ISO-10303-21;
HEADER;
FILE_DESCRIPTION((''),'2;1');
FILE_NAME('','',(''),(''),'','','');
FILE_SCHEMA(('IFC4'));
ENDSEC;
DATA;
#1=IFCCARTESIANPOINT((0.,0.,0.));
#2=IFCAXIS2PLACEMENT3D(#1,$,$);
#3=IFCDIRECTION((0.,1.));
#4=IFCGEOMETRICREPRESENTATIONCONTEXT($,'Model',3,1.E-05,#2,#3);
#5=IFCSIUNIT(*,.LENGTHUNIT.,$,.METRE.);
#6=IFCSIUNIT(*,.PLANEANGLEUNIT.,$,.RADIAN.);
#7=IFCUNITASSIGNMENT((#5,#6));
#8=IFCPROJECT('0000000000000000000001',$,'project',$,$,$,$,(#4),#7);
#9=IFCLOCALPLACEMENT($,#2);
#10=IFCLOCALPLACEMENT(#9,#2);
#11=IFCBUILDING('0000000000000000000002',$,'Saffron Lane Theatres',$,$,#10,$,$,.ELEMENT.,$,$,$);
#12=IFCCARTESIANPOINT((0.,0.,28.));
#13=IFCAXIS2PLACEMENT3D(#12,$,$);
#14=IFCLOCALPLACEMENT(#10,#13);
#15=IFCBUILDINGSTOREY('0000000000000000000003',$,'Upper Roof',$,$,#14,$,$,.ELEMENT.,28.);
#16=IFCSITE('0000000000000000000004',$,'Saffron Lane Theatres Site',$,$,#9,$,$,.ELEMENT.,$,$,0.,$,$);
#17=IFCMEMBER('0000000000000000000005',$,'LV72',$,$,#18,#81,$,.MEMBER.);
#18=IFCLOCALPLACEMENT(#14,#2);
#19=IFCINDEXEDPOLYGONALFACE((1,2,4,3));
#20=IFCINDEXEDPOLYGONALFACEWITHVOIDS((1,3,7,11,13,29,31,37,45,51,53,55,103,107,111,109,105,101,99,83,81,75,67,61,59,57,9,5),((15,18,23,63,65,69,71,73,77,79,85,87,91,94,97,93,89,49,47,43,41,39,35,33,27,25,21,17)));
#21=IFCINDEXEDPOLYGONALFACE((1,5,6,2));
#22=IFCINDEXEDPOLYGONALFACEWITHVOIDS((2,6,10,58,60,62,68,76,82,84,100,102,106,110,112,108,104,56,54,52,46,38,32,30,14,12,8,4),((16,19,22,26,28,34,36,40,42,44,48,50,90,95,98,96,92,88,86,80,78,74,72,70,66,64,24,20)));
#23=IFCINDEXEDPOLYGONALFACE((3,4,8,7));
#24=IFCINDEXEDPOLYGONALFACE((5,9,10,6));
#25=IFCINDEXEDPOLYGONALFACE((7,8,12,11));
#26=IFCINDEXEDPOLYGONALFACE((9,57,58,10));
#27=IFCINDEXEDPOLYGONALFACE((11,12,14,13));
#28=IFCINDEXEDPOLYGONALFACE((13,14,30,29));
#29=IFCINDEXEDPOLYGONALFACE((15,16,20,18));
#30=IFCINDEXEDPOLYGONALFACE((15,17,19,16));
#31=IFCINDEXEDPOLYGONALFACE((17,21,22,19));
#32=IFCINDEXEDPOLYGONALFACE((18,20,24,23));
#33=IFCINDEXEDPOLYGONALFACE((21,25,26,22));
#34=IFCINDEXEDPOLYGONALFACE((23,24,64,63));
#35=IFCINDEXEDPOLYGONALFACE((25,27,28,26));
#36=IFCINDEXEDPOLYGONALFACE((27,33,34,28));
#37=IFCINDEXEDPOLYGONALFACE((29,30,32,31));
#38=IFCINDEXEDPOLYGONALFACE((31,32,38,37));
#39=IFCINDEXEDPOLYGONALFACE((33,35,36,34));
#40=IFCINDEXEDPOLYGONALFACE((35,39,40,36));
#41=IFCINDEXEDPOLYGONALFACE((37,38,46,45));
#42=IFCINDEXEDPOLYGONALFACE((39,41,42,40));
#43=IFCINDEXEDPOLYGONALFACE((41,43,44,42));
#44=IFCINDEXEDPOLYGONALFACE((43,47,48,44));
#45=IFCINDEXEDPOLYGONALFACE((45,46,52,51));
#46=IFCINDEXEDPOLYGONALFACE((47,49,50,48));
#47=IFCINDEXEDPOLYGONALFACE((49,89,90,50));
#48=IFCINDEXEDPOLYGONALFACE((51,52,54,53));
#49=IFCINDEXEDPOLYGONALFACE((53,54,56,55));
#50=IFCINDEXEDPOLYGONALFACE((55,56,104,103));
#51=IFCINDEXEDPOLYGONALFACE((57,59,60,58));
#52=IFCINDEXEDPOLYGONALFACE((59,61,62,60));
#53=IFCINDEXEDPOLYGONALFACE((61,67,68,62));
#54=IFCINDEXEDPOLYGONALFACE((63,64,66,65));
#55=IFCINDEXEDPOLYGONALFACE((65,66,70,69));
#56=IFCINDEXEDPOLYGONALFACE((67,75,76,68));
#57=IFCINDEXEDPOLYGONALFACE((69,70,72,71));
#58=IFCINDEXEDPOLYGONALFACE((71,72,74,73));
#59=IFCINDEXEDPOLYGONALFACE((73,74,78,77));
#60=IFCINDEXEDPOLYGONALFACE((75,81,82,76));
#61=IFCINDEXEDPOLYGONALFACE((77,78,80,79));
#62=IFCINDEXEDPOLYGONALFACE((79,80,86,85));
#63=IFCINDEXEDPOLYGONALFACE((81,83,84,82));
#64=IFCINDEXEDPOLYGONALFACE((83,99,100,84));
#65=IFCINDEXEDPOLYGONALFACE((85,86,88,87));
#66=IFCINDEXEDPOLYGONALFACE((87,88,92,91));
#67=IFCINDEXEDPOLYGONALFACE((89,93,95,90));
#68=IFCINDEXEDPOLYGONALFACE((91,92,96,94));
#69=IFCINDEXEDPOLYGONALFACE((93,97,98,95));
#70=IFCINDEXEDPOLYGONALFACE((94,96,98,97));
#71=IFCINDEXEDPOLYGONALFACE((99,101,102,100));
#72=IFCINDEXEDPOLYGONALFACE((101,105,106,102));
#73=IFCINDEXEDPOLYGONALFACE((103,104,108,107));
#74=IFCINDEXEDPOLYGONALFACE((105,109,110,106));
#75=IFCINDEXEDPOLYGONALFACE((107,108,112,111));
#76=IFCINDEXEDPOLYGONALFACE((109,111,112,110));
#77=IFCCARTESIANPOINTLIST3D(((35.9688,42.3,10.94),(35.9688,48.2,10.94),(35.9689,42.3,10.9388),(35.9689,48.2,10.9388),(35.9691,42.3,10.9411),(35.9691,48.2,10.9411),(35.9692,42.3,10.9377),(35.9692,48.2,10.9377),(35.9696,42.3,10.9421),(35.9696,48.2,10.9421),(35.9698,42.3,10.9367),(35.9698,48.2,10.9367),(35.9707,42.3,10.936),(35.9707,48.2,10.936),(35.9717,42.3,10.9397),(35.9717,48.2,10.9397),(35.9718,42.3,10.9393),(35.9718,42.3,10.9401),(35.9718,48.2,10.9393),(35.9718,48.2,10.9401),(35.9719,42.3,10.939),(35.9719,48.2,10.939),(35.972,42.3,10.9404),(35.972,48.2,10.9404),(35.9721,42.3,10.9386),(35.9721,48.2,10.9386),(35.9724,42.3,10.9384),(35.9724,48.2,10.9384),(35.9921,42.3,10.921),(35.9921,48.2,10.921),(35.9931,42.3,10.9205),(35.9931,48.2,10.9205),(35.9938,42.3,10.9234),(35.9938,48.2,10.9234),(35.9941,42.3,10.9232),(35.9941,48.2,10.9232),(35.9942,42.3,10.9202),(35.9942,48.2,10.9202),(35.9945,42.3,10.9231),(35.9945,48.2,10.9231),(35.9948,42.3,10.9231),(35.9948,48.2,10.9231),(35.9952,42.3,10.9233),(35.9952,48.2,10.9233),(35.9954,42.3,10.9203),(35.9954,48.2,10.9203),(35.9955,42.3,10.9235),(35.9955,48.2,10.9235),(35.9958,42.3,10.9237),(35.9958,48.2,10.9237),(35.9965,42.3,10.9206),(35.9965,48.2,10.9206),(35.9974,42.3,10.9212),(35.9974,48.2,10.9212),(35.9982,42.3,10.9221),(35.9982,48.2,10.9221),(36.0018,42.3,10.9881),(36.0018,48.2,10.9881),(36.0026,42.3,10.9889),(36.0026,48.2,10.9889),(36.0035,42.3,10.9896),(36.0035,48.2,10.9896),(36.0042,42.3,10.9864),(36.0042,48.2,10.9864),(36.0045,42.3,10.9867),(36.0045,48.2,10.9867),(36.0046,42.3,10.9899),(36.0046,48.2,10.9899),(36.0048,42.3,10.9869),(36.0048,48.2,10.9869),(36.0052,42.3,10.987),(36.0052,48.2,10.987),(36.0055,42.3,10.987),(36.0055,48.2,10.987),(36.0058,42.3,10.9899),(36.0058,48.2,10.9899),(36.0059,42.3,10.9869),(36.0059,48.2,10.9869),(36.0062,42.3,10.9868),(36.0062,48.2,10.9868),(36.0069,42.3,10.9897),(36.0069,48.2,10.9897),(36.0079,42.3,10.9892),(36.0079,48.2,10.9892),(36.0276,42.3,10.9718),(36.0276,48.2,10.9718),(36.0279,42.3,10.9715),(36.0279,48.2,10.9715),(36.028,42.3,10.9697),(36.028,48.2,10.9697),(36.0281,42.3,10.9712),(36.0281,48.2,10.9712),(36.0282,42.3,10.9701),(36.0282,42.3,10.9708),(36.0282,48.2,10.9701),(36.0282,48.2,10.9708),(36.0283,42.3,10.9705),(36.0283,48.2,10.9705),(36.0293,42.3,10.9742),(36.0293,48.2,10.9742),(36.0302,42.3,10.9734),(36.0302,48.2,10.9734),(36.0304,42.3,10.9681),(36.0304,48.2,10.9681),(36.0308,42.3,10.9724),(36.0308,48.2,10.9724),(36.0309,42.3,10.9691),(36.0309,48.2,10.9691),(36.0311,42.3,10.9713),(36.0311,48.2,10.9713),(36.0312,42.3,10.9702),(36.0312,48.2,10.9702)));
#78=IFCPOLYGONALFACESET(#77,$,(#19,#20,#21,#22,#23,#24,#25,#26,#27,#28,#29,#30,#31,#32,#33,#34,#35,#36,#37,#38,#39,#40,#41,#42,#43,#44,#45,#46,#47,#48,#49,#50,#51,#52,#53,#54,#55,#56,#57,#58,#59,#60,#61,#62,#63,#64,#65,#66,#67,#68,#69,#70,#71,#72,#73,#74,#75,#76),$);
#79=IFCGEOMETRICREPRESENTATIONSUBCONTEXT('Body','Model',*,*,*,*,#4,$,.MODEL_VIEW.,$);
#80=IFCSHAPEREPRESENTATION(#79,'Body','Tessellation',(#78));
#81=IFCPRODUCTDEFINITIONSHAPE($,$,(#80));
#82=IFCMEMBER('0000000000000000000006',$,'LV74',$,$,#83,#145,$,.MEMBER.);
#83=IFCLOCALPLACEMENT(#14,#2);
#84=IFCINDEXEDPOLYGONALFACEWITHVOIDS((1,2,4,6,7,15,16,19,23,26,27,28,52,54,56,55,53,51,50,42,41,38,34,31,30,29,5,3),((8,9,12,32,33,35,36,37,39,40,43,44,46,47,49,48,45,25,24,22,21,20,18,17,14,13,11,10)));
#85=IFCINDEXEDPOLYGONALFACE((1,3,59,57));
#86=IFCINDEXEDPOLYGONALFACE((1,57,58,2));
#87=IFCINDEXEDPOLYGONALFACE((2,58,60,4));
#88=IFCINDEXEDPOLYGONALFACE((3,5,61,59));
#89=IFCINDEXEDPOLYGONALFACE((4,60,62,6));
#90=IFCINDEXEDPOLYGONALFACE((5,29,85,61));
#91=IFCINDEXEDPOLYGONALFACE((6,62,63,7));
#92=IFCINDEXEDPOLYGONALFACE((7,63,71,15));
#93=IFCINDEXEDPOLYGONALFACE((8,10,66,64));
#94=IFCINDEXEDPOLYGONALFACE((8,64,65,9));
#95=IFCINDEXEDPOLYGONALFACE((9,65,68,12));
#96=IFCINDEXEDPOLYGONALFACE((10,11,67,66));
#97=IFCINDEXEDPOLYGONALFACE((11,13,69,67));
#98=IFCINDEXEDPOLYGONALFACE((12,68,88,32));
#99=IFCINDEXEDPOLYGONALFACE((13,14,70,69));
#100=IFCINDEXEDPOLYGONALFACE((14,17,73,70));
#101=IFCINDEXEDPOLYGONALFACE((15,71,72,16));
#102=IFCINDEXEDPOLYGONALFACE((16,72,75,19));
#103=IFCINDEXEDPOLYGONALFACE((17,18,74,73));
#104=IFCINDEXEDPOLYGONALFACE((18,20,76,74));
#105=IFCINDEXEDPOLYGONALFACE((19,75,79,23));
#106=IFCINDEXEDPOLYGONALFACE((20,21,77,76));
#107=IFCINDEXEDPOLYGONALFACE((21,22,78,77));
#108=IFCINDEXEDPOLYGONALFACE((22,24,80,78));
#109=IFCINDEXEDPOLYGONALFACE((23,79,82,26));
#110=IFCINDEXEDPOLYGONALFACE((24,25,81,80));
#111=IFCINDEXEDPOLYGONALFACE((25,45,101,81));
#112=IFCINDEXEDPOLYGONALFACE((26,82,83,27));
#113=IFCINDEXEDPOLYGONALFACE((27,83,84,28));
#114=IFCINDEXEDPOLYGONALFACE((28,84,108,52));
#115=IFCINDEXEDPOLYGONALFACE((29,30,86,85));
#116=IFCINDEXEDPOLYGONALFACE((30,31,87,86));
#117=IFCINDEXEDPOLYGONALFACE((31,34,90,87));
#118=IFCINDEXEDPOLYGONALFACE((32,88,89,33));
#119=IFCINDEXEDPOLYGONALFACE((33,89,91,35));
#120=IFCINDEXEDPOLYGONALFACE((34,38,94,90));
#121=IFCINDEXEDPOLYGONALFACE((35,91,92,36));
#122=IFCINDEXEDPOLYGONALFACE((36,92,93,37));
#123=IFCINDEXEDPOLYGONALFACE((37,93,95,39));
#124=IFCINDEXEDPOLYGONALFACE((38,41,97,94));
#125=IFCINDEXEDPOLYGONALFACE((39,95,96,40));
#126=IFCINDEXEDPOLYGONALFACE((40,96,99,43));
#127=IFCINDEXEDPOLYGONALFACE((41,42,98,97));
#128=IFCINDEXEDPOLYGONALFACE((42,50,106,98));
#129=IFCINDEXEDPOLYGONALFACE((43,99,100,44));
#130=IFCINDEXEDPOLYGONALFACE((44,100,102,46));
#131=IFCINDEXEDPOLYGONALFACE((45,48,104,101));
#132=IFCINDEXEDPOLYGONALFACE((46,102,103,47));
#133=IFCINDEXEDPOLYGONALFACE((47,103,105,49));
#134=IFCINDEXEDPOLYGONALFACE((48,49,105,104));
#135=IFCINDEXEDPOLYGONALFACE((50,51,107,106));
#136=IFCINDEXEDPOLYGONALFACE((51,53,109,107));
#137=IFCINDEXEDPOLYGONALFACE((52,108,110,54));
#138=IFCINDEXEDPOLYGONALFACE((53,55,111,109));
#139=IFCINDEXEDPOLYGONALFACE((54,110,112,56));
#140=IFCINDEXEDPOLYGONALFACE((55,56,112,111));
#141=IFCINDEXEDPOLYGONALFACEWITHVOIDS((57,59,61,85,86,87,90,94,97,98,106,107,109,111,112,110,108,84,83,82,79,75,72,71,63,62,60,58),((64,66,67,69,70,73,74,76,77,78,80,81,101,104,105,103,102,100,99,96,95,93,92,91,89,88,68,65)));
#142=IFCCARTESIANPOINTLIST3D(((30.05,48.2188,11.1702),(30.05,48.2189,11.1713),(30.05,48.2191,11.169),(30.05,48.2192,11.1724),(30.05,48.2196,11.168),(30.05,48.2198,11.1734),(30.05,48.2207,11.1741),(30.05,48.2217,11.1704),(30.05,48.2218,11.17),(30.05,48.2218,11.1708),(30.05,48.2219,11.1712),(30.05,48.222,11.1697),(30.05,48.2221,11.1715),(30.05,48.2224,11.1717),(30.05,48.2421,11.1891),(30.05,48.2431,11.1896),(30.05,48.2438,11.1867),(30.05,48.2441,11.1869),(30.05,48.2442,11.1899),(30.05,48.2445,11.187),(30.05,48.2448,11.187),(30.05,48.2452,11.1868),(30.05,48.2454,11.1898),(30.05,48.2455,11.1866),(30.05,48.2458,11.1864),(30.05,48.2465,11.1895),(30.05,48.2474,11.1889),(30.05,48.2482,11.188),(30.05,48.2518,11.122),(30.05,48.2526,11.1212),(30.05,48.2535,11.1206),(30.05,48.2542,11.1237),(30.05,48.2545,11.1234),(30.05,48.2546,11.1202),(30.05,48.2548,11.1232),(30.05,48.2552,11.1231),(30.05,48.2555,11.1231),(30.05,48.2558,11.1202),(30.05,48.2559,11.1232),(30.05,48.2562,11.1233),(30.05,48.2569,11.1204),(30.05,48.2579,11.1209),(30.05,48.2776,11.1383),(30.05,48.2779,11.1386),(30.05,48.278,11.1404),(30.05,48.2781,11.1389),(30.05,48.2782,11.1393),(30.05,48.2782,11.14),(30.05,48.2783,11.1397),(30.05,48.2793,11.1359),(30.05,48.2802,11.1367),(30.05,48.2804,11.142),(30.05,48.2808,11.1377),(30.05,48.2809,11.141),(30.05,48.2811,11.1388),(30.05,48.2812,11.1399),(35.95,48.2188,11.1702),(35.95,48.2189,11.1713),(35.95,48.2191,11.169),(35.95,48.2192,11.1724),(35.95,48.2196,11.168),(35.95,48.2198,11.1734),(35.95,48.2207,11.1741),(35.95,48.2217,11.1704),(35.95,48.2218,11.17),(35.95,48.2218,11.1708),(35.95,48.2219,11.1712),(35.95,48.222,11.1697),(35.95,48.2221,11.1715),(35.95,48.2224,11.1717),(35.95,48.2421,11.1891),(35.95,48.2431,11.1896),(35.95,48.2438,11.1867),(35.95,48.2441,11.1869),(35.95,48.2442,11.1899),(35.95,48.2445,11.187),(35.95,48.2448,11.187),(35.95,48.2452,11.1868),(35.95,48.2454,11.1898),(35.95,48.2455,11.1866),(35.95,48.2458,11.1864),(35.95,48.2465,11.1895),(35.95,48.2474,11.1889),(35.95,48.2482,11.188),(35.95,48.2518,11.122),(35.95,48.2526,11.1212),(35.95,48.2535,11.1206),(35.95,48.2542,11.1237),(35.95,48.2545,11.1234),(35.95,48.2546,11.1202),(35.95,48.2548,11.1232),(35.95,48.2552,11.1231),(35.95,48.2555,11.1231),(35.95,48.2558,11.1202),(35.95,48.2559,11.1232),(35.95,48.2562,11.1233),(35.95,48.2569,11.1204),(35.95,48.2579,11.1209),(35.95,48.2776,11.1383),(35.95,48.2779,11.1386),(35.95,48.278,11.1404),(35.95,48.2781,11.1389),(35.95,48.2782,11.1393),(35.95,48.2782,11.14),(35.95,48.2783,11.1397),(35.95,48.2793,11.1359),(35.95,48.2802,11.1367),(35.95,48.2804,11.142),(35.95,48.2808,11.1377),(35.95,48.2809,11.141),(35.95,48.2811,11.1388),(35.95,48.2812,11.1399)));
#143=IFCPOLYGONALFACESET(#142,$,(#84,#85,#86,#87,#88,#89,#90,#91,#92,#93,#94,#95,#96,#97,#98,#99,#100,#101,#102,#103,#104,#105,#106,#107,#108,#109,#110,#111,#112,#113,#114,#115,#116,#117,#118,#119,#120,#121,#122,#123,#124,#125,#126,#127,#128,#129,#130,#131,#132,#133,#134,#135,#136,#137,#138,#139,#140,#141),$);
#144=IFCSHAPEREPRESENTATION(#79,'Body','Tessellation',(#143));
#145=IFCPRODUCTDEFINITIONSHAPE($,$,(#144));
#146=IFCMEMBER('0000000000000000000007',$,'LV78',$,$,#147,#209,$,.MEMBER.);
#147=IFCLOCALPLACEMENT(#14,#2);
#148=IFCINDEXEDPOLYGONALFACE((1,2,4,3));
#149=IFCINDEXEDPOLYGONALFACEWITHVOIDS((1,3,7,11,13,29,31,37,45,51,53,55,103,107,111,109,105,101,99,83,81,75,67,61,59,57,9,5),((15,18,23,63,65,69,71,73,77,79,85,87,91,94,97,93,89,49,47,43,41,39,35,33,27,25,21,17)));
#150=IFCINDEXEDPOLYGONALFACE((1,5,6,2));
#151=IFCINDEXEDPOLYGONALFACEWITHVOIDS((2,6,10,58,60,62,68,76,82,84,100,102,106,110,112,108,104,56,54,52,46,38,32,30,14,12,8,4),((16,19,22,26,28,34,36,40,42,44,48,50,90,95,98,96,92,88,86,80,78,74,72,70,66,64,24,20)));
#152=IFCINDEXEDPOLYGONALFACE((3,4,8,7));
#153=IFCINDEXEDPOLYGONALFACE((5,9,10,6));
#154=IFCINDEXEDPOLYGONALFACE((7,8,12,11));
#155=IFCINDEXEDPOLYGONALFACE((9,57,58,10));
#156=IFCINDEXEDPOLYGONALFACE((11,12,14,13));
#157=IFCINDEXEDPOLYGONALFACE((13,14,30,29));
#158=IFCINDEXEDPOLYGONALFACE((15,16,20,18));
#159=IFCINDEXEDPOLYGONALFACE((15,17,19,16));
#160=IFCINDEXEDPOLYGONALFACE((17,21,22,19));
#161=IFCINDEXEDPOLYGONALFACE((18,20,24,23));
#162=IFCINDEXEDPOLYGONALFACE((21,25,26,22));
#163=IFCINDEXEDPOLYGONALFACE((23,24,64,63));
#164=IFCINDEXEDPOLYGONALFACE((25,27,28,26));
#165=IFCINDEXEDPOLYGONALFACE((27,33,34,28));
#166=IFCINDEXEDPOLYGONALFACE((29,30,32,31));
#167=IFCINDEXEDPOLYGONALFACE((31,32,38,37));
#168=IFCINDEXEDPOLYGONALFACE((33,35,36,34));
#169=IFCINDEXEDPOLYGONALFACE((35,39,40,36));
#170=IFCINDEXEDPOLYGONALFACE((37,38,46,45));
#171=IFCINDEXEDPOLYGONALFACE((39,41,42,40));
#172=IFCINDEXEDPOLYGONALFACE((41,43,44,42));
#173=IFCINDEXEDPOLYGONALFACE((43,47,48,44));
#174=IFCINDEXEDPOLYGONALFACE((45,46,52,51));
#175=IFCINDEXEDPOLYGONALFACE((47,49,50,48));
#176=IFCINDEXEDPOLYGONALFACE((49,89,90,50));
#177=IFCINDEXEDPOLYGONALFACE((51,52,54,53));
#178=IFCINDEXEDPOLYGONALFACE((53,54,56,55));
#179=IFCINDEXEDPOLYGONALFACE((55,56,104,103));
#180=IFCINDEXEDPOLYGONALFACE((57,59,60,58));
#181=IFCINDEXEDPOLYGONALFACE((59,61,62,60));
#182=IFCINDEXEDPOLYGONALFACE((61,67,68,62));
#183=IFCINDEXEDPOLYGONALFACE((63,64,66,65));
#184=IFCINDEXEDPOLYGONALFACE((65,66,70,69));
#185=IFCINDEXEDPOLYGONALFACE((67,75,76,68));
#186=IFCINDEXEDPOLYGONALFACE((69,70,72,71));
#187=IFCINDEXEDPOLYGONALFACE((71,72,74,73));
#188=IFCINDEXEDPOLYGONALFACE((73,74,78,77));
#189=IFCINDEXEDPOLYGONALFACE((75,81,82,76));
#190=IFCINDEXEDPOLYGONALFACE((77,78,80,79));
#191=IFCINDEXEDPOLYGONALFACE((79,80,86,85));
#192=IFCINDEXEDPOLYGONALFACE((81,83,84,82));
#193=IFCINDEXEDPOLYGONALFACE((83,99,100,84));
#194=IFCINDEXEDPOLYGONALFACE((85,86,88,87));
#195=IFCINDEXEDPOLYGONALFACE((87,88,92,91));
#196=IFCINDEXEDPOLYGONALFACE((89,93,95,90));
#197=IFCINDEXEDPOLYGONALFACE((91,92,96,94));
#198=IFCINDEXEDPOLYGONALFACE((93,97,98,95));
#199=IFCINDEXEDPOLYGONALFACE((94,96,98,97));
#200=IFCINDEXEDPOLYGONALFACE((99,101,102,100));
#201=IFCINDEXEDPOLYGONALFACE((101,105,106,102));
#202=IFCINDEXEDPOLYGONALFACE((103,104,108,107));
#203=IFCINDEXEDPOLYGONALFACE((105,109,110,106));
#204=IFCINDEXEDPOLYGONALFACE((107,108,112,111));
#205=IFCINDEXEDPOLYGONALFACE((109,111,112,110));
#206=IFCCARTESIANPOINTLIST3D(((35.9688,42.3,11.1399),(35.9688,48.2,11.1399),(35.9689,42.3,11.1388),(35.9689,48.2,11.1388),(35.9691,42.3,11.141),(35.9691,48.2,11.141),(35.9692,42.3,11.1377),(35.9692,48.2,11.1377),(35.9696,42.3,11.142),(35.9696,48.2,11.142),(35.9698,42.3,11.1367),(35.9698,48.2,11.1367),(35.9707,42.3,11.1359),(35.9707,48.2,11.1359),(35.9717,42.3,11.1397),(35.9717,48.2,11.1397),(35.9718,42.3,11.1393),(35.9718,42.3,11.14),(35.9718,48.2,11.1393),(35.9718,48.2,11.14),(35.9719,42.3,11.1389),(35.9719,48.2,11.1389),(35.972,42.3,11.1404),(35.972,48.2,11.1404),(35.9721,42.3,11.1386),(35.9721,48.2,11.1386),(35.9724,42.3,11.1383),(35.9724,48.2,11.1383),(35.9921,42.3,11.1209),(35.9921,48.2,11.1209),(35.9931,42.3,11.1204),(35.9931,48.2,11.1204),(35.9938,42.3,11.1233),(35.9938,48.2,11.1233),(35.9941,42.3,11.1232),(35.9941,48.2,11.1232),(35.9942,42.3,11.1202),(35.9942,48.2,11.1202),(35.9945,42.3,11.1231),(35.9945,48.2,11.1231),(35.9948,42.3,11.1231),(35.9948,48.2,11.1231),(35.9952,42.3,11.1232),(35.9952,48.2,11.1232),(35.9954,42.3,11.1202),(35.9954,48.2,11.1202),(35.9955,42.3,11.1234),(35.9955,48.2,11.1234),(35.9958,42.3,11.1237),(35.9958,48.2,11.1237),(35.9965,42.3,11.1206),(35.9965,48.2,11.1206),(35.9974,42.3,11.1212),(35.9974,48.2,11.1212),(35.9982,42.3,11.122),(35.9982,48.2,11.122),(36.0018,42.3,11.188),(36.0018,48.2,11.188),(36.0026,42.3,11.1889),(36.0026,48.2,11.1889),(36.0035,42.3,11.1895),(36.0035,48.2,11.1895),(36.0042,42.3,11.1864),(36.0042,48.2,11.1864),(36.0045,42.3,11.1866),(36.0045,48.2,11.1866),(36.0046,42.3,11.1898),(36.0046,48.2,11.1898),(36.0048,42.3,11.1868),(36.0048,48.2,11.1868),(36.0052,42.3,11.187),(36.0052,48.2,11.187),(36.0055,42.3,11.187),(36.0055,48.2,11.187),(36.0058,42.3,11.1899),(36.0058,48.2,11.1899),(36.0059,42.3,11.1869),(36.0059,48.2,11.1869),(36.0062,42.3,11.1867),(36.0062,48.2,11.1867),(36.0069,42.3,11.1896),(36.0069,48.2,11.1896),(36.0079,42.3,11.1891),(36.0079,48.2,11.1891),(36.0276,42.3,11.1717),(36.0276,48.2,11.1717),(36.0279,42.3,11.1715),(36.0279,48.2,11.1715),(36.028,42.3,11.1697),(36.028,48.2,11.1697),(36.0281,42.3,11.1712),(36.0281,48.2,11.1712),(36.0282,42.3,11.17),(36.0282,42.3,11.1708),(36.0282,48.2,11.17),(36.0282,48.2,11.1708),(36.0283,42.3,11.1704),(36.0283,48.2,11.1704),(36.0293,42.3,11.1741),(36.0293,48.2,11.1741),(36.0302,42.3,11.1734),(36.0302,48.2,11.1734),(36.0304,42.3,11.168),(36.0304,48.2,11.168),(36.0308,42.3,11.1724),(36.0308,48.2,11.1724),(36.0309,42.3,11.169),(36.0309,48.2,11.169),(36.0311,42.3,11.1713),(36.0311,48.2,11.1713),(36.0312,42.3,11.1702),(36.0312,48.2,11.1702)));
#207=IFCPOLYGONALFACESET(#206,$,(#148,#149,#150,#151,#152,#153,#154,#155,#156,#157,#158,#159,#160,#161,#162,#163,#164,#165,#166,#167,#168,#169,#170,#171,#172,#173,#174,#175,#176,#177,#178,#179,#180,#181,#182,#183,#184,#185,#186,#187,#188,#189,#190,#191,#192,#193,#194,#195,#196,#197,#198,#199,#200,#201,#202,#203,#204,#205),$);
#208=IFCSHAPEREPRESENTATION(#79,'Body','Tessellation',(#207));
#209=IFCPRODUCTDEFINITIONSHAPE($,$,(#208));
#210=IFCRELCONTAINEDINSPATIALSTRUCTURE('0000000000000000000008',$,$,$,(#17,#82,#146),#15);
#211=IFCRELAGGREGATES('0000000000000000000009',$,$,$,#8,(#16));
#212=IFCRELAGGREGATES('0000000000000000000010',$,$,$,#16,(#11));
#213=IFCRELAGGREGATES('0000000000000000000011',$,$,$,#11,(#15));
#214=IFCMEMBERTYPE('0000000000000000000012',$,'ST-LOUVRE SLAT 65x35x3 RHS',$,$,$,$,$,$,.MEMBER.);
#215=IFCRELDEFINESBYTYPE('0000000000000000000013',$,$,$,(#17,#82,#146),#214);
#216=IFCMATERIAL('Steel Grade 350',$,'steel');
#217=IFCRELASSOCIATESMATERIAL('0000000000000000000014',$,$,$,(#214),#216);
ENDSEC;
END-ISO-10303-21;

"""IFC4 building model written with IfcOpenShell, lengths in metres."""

from ifc_helpers import new_model, si_unit, direction, frame, origin, origin_2d, place, context, subcontext, project, spatial, hollow_rectangle, extrude, material, material_profile, profile_set, type_object, element, save


model = new_model("IFC4")

# Units and contexts
model_context = context("Model", 3, precision=1e-05, world=origin(), true_north=direction((0.0, 1.0)))
body_context = subcontext(model_context, "Body", "Model", "MODEL_VIEW")
ifc_project = project(units=[si_unit("LENGTHUNIT", "METRE"), si_unit("PLANEANGLEUNIT", "RADIAN")], contexts=[model_context])

# Site, building, storey
site_placement = place(None, origin())
site = spatial("IfcSite", under=ifc_project, at=site_placement, Name="Saffron Lane Theatres Site", CompositionType="ELEMENT", RefElevation=0.0)
building_placement = place(site_placement, origin())
building = spatial("IfcBuilding", under=site, at=building_placement, Name="Saffron Lane Theatres", CompositionType="ELEMENT")
storey_placement = place(building_placement, frame((0.0, 0.0, 28.0)))
storey = spatial("IfcBuildingStorey", under=building, at=storey_placement, Name="Upper Roof", CompositionType="ELEMENT", Elevation=28.0)

# Members
ifc_material_1 = material(Name="Steel Grade 350", Category="steel")
ifc_material_profile_1 = material_profile(ifc_material_1, hollow_rectangle(XDim=0.0349, YDim=0.0649, WallThickness=0.0029, InnerFilletRadius=0.0015, OuterFilletRadius=0.0044, at=origin_2d()))
ifc_profile_set_1 = profile_set([ifc_material_profile_1], Name="Steel Grade 350")
member_type_1 = type_object("IfcMemberType", Name="ST-LOUVRE SLAT 65x35x3 RHS", PredefinedType="MEMBER", material=ifc_profile_set_1)
for number, where, z_axis, x_axis, name in (
    (1, (36.0, 42.3, 10.9551), (0.0, 1.0, 0.0), (-0.819152, 0.0, 0.573576), "LV72"),
    (2, (30.05, 48.25, 11.155), (1.0, 0.0, 0.0), (0.0, 0.819152, 0.573576), "LV74"),
    (3, (36.0, 42.3, 11.155), (0.0, 1.0, 0.0), (-0.819152, 0.0, 0.573576), "LV78"),
):
    element("IfcMember", number, at=place(storey_placement, frame(where, z_axis=z_axis, x_axis=x_axis)), inside=storey, type_object=member_type_1, Name=name, PredefinedType="MEMBER", context=body_context, shape_type="SweptSolid", body=[
        extrude(hollow_rectangle(XDim=0.0349, YDim=0.0649, WallThickness=0.0029, InnerFilletRadius=0.0015, OuterFilletRadius=0.0044, at=origin_2d()), origin(), (0.0, 0.0, 1.0), 5.8999),
    ])

save(model, "model.ifc")
